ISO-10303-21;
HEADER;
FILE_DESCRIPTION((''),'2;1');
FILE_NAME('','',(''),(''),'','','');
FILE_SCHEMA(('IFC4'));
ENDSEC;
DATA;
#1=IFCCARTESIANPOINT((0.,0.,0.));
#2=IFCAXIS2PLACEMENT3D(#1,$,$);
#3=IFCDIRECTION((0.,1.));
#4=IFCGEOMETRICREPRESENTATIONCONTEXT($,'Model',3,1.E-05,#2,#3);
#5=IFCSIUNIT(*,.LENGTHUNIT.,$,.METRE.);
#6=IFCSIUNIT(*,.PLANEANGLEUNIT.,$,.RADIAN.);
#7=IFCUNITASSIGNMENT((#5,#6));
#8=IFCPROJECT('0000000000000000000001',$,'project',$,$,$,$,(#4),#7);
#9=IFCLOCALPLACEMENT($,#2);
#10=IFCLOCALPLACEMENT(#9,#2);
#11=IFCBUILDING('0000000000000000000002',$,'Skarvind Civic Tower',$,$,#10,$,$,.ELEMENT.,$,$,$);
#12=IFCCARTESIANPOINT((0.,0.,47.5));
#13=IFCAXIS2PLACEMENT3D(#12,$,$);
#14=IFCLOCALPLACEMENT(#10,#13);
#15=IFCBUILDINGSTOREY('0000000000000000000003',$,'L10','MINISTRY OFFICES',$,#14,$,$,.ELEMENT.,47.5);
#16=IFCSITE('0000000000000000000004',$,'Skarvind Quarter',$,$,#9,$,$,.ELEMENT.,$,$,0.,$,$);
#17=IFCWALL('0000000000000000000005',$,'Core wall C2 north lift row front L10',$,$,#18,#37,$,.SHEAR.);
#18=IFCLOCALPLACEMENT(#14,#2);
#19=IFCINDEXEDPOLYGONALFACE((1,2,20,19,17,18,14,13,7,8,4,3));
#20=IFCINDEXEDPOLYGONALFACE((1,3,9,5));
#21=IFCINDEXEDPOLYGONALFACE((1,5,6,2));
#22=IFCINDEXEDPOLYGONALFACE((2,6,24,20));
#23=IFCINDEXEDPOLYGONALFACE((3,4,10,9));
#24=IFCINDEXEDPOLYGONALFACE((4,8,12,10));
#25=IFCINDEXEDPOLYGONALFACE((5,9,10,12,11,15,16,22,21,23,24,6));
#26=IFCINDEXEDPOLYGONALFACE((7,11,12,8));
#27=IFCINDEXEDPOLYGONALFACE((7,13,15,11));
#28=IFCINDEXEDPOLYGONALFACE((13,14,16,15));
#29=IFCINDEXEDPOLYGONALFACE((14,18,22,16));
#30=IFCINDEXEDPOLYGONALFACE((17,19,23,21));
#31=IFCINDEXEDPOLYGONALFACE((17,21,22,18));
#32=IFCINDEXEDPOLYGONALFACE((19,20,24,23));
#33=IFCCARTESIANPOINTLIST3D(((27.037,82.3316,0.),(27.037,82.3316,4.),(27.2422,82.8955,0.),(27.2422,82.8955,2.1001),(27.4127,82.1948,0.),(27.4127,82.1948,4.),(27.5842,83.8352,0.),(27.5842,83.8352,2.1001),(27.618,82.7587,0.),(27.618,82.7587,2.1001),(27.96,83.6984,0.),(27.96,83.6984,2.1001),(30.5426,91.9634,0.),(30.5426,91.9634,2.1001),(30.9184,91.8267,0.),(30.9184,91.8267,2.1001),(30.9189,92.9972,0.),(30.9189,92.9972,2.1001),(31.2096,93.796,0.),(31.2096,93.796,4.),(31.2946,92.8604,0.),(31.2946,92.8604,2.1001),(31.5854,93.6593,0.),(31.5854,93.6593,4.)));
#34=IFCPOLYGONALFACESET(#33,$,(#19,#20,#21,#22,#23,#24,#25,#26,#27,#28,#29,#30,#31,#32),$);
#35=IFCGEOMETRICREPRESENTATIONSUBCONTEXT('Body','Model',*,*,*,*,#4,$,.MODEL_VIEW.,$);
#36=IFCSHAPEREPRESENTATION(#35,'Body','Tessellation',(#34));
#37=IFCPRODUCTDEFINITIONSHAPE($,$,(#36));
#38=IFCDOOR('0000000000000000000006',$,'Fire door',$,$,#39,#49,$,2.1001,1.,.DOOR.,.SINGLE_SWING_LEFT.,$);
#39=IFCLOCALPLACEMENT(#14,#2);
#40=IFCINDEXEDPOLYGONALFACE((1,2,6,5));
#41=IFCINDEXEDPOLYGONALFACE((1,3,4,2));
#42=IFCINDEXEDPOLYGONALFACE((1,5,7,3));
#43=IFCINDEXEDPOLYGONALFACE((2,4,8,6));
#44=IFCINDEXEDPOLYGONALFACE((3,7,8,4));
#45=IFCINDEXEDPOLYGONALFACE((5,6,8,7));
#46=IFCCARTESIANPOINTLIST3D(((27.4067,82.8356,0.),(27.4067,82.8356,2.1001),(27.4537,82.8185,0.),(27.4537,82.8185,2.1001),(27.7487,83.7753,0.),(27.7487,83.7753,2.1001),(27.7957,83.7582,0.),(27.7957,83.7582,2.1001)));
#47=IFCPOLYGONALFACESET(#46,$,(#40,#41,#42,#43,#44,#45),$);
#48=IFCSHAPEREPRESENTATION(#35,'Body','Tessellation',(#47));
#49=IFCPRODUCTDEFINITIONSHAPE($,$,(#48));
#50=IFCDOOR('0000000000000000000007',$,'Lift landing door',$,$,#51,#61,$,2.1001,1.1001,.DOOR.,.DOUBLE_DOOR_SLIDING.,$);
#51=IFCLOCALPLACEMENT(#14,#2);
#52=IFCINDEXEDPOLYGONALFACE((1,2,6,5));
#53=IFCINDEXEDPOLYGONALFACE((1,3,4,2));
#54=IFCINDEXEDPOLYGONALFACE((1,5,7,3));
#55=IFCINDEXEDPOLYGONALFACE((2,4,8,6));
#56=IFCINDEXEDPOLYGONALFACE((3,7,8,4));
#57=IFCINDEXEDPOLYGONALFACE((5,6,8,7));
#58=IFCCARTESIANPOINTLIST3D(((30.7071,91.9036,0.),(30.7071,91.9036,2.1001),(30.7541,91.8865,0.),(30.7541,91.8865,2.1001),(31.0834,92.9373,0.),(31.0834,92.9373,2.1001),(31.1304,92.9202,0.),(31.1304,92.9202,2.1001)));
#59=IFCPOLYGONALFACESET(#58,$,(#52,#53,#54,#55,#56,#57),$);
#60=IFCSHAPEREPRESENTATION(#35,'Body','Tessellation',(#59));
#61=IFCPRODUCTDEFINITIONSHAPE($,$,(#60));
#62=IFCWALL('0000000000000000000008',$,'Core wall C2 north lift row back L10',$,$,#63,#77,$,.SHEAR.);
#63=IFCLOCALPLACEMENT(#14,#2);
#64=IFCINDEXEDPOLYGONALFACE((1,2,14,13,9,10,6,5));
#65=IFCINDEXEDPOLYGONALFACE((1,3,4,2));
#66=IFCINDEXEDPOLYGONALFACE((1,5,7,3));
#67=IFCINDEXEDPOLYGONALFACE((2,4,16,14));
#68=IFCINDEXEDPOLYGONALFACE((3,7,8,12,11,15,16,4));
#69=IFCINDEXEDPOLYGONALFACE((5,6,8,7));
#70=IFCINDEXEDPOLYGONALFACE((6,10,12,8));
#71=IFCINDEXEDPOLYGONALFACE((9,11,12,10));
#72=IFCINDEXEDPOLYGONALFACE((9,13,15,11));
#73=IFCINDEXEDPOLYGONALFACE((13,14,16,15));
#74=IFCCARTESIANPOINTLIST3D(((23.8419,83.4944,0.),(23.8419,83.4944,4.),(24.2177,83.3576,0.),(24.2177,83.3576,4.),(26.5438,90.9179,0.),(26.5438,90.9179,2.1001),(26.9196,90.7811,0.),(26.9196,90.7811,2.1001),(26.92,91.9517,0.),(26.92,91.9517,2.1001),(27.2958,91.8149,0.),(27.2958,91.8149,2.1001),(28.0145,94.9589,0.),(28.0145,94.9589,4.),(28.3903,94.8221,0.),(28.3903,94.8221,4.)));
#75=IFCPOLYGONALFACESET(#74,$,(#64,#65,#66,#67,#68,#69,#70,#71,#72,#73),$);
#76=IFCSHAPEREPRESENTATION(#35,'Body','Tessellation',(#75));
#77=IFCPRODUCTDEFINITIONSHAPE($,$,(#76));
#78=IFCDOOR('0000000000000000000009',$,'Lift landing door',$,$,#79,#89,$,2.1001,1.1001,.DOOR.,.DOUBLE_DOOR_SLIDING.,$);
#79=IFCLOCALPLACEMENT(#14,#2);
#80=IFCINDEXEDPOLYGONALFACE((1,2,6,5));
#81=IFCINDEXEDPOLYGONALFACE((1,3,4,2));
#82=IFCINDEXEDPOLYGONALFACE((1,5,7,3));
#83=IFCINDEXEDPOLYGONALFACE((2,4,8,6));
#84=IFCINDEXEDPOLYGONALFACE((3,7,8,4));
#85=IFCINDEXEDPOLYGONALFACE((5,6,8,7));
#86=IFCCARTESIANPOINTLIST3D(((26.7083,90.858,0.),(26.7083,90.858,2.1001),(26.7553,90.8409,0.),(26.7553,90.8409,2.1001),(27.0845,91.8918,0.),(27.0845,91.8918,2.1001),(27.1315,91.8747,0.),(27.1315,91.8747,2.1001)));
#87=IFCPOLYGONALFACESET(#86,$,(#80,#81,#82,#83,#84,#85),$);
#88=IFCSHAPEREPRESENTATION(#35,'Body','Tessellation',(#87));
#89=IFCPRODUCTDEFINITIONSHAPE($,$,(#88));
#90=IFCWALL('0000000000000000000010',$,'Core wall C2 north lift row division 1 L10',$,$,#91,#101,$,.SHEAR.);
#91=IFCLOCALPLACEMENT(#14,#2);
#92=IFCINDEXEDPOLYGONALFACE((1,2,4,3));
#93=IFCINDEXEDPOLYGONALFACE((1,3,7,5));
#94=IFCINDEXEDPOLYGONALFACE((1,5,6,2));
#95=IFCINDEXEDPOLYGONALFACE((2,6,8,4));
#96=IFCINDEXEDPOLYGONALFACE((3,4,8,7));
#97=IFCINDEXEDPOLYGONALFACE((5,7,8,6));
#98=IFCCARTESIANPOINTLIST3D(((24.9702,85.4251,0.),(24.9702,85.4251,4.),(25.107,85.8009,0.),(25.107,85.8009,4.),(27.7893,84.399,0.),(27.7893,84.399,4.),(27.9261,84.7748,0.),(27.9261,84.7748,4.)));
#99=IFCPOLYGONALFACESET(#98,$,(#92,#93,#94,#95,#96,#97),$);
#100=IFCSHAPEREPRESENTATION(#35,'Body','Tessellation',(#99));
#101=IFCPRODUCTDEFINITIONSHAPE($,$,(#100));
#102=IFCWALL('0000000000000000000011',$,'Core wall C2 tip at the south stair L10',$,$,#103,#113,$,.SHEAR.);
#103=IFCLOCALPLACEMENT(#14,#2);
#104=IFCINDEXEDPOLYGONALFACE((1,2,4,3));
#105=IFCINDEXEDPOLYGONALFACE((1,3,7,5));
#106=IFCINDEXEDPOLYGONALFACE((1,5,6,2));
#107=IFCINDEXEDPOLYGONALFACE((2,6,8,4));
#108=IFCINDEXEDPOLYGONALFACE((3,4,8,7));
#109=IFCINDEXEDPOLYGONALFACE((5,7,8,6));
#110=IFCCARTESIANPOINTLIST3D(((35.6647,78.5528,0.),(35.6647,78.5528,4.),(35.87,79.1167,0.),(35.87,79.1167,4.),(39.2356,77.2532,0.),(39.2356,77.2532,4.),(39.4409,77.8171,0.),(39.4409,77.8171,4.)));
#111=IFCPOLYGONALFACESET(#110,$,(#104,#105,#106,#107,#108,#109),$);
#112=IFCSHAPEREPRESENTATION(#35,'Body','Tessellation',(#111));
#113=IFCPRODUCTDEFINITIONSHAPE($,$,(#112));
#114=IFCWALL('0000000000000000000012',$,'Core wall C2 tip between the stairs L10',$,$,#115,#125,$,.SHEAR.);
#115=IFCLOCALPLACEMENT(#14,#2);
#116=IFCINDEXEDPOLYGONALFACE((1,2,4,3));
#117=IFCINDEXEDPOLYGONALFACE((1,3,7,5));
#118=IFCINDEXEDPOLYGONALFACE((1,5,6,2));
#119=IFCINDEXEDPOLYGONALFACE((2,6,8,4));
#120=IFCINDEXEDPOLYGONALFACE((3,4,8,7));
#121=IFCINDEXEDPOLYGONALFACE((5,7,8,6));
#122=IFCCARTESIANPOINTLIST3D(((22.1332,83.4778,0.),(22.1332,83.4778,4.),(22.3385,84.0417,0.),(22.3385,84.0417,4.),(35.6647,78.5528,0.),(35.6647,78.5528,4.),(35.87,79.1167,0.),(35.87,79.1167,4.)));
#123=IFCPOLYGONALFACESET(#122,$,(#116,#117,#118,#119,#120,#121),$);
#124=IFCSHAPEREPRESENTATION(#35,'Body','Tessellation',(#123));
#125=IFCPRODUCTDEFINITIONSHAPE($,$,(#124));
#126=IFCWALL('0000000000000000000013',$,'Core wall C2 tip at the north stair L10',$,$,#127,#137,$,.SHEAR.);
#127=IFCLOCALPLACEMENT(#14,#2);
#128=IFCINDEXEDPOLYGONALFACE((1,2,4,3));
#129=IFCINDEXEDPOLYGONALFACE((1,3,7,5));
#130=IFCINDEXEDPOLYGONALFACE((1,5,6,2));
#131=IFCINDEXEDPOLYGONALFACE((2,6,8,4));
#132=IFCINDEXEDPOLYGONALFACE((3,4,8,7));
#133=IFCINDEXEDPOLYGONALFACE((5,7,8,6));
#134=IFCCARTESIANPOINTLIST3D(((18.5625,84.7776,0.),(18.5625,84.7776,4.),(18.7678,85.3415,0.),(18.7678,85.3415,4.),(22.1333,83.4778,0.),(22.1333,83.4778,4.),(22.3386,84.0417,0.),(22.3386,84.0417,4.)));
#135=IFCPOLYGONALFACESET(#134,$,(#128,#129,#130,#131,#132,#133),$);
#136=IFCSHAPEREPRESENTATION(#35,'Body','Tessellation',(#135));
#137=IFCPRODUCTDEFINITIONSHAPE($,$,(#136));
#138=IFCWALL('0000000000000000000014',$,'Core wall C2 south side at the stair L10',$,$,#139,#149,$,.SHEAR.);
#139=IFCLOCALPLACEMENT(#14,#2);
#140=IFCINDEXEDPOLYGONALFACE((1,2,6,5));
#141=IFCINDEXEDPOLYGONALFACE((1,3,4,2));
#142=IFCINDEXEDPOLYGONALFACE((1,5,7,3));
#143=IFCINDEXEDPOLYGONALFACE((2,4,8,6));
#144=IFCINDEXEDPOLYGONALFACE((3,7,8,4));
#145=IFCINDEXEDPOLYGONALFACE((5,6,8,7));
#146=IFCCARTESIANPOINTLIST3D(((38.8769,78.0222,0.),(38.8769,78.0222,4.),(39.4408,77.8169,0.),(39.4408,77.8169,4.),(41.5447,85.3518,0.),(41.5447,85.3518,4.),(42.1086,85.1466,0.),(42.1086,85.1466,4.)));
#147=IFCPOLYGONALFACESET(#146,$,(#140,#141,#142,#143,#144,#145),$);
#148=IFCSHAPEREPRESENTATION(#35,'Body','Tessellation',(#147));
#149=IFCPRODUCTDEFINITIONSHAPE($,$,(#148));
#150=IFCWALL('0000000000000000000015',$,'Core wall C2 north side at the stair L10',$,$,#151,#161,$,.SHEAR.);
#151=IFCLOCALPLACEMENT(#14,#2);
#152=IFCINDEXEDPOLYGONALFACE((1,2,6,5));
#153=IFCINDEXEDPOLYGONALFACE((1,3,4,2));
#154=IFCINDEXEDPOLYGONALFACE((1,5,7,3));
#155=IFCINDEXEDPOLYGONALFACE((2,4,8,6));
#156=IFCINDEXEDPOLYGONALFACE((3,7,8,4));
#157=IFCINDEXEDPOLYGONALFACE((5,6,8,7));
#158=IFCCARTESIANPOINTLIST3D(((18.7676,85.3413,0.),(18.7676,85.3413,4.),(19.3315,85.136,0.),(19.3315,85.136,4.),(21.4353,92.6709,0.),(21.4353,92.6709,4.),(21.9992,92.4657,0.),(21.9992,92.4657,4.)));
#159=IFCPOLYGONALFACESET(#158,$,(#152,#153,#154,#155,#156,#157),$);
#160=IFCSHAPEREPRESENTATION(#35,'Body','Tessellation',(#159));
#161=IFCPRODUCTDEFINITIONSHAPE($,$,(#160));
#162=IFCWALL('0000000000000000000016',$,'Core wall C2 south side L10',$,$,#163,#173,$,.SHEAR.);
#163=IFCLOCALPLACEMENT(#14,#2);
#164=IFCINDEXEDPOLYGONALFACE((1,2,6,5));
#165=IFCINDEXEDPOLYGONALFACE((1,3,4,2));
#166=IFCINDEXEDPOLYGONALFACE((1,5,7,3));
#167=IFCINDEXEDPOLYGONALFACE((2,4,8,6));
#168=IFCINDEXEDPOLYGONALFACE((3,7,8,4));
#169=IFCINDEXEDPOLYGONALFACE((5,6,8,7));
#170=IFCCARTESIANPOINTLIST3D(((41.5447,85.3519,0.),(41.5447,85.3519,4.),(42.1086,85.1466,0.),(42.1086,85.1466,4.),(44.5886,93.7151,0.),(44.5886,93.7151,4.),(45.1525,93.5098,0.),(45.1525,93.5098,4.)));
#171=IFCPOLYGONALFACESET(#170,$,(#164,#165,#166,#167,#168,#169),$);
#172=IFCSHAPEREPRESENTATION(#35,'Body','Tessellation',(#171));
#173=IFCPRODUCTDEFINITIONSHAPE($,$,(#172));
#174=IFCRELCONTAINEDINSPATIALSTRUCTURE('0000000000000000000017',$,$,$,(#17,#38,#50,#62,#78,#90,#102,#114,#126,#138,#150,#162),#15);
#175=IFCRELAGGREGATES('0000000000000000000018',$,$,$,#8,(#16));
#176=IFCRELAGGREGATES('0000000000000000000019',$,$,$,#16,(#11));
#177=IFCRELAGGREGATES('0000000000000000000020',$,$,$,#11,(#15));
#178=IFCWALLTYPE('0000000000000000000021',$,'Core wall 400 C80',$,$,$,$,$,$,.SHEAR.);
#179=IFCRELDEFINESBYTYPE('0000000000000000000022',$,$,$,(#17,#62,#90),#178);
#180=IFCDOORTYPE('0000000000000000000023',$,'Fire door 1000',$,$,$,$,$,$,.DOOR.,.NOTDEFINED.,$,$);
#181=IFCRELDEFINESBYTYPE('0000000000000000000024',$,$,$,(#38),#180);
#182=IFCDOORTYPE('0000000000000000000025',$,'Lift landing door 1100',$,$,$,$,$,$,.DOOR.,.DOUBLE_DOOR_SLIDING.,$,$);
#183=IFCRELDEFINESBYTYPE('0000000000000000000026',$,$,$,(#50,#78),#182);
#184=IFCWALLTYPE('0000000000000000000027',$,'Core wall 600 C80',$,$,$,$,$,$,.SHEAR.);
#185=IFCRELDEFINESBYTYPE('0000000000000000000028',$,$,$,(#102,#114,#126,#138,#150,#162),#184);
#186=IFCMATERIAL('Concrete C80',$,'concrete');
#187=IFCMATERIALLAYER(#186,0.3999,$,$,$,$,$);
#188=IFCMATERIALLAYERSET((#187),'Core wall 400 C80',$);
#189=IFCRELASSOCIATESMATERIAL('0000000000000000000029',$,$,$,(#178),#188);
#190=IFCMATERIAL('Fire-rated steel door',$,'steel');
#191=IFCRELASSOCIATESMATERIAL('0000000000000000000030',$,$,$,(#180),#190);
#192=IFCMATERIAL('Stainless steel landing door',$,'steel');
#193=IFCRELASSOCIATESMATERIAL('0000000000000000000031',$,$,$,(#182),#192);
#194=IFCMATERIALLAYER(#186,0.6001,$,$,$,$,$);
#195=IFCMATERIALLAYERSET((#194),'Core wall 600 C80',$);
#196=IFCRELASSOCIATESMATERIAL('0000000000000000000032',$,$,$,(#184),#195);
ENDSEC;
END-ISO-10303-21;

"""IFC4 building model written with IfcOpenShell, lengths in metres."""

from ifc_helpers import new_model, si_unit, direction, frame, frame_2d, origin, place, context, subcontext, project, spatial, rectangle, extrude, material, layer, layer_set, type_object, element, fill, save


model = new_model("IFC4")

# Units and contexts
model_context = context("Model", 3, precision=1e-05, world=origin(), true_north=direction((0.0, 1.0)))
body_context = subcontext(model_context, "Body", "Model", "MODEL_VIEW")
ifc_project = project(units=[si_unit("LENGTHUNIT", "METRE"), si_unit("PLANEANGLEUNIT", "RADIAN")], contexts=[model_context])

# Site, building, storey
site_placement = place(None, origin())
site = spatial("IfcSite", under=ifc_project, at=site_placement, Name="Skarvind Quarter", CompositionType="ELEMENT", RefElevation=0.0)
building_placement = place(site_placement, origin())
building = spatial("IfcBuilding", under=site, at=building_placement, Name="Skarvind Civic Tower", CompositionType="ELEMENT")
storey_placement = place(building_placement, frame((0.0, 0.0, 47.5)))
storey = spatial("IfcBuildingStorey", under=building, at=storey_placement, Name="L10", Description="MINISTRY OFFICES", CompositionType="ELEMENT", Elevation=47.5)

# Shared definitions
ifc_material_1 = material(Name="Concrete C80", Category="concrete")
ifc_layer_1 = layer(ifc_material_1, 0.3999)
ifc_layer_set_1 = layer_set([ifc_layer_1], Name="Core wall 400 C80")
wall_type_1 = type_object("IfcWallType", Name="Core wall 400 C80", PredefinedType="SHEAR", material=ifc_layer_set_1)

# Shared definitions
ifc_material_2 = material(Name="Fire-rated steel door", Category="steel")
door_type_1 = type_object("IfcDoorType", Name="Fire door 1000", OperationType="NOTDEFINED", PredefinedType="DOOR", material=ifc_material_2)

# Shared definitions
ifc_material_3 = material(Name="Stainless steel landing door", Category="steel")
door_type_2 = type_object("IfcDoorType", Name="Lift landing door 1100", OperationType="DOUBLE_DOOR_SLIDING", PredefinedType="DOOR", material=ifc_material_3)

# Wall, openings, doors
wall_1_placement = place(storey_placement, frame((27.2249, 82.2632, 0.0), z_axis=(0.0, 0.0, 1.0), x_axis=(0.342015, 0.939695, 0.0)))
wall_1 = element("IfcWall", 1, at=wall_1_placement, inside=storey, type_object=wall_type_1, Name="Core wall C2 north lift row front L10", PredefinedType="SHEAR", context=body_context, shape_type="SweptSolid", body=[
    extrude(rectangle(XDim=12.2002, YDim=0.3999, at=frame_2d((6.1001, 0.0))), origin(), (0.0, 0.0, 1.0), 4.0),
])
opening_1_placement = place(wall_1_placement, frame((10.25, 0.0, 0.0)))
opening_1 = element("IfcOpeningElement", 2, at=opening_1_placement, cuts=wall_1, PredefinedType="OPENING", context=body_context, shape_type="SweptSolid", body=[
    extrude(rectangle(XDim=1.1001, YDim=2.1001, at=frame_2d((0.55, 1.05))), frame((0.0, 0.21, 0.0), z_axis=(0.0, -1.0, 0.0), x_axis=(1.0, 0.0, 0.0)), (0.0, 0.0, 1.0), 0.4199),
])
opening_2_placement = place(wall_1_placement, frame((0.6001, 0.0, 0.0)))
opening_2 = element("IfcOpeningElement", 3, at=opening_2_placement, cuts=wall_1, PredefinedType="OPENING", context=body_context, shape_type="SweptSolid", body=[
    extrude(rectangle(XDim=1.0, YDim=2.1001, at=frame_2d((0.5, 1.05))), frame((0.0, 0.21, 0.0), z_axis=(0.0, -1.0, 0.0), x_axis=(1.0, 0.0, 0.0)), (0.0, 0.0, 1.0), 0.4199),
])
door_1_placement = place(opening_2_placement, origin())
door_1 = element("IfcDoor", 4, at=door_1_placement, inside=storey, type_object=door_type_1, Name="Fire door", OperationType="SINGLE_SWING_LEFT", OverallHeight=2.1001, OverallWidth=1.0, PredefinedType="DOOR", context=body_context, shape_type="SweptSolid", body=[
    extrude(rectangle(XDim=1.0, YDim=2.1001, at=frame_2d((0.5, 1.05))), frame((0.0, 0.0249, 0.0), z_axis=(0.0, -1.0, 0.0), x_axis=(1.0, 0.0, 0.0)), (0.0, 0.0, 1.0), 0.05),
])
fill(opening_2, door_1)
door_2_placement = place(opening_1_placement, origin())
door_2 = element("IfcDoor", 5, at=door_2_placement, inside=storey, type_object=door_type_2, Name="Lift landing door", OperationType="DOUBLE_DOOR_SLIDING", OverallHeight=2.1001, OverallWidth=1.1001, PredefinedType="DOOR", context=body_context, shape_type="SweptSolid", body=[
    extrude(rectangle(XDim=1.1001, YDim=2.1001, at=frame_2d((0.55, 1.05))), frame((0.0, 0.0249, 0.0), z_axis=(0.0, -1.0, 0.0), x_axis=(1.0, 0.0, 0.0)), (0.0, 0.0, 1.0), 0.05),
])
fill(opening_1, door_2)

# Wall, opening, door
wall_2_placement = place(storey_placement, frame((24.0298, 83.426, 0.0), z_axis=(0.0, 0.0, 1.0), x_axis=(0.342015, 0.939695, 0.0)))
wall_2 = element("IfcWall", 6, at=wall_2_placement, inside=storey, type_object=wall_type_1, Name="Core wall C2 north lift row back L10", PredefinedType="SHEAR", context=body_context, shape_type="SweptSolid", body=[
    extrude(rectangle(XDim=12.2002, YDim=0.3999, at=frame_2d((6.1001, 0.0))), origin(), (0.0, 0.0, 1.0), 4.0),
])
opening_3_placement = place(wall_2_placement, frame((7.8999, 0.0, 0.0)))
opening_3 = element("IfcOpeningElement", 7, at=opening_3_placement, cuts=wall_2, PredefinedType="OPENING", context=body_context, shape_type="SweptSolid", body=[
    extrude(rectangle(XDim=1.1001, YDim=2.1001, at=frame_2d((0.55, 1.05))), frame((0.0, 0.21, 0.0), z_axis=(0.0, -1.0, 0.0), x_axis=(1.0, 0.0, 0.0)), (0.0, 0.0, 1.0), 0.4199),
])
door_3_placement = place(opening_3_placement, origin())
door_3 = element("IfcDoor", 8, at=door_3_placement, inside=storey, type_object=door_type_2, Name="Lift landing door", OperationType="DOUBLE_DOOR_SLIDING", OverallHeight=2.1001, OverallWidth=1.1001, PredefinedType="DOOR", context=body_context, shape_type="SweptSolid", body=[
    extrude(rectangle(XDim=1.1001, YDim=2.1001, at=frame_2d((0.55, 1.05))), frame((0.0, 0.0249, 0.0), z_axis=(0.0, -1.0, 0.0), x_axis=(1.0, 0.0, 0.0)), (0.0, 0.0, 1.0), 0.05),
])
fill(opening_3, door_3)

# Walls
wall_3_placement = place(storey_placement, frame((27.8577, 84.5869, 0.0), z_axis=(0.0, 0.0, 1.0), x_axis=(-0.939686, 0.342037, 0.0)))
element("IfcWall", 9, at=wall_3_placement, inside=storey, type_object=wall_type_1, Name="Core wall C2 north lift row division 1 L10", PredefinedType="SHEAR", context=body_context, shape_type="SweptSolid", body=[
    extrude(rectangle(XDim=3.0, YDim=0.3999, at=frame_2d((1.5, 0.0))), origin(), (0.0, 0.0, 1.0), 4.0),
])
ifc_layer_2 = layer(ifc_material_1, 0.6001)
ifc_layer_set_2 = layer_set([ifc_layer_2], Name="Core wall 600 C80")
wall_type_2 = type_object("IfcWallType", Name="Core wall 600 C80", PredefinedType="SHEAR", material=ifc_layer_set_2)
wall_4_placement = place(storey_placement, frame((39.3381, 77.5352, 0.0), z_axis=(0.0, 0.0, 1.0), x_axis=(-0.939701, 0.341996, 0.0)))
element("IfcWall", 10, at=wall_4_placement, inside=storey, type_object=wall_type_2, Name="Core wall C2 tip at the south stair L10", PredefinedType="SHEAR", context=body_context, shape_type="SweptSolid", body=[
    extrude(rectangle(XDim=3.8, YDim=0.6001, at=frame_2d((1.8999, 0.0))), origin(), (0.0, 0.0, 1.0), 4.0),
])
wall_5_placement = place(storey_placement, frame((35.7673, 78.8347, 0.0), z_axis=(0.0, 0.0, 1.0), x_axis=(-0.939693, 0.342019, 0.0)))
element("IfcWall", 11, at=wall_5_placement, inside=storey, type_object=wall_type_2, Name="Core wall C2 tip between the stairs L10", PredefinedType="SHEAR", context=body_context, shape_type="SweptSolid", body=[
    extrude(rectangle(XDim=14.3999, YDim=0.6001, at=frame_2d((7.2, 0.0))), origin(), (0.0, 0.0, 1.0), 4.0),
])
wall_6_placement = place(storey_placement, frame((22.2358, 83.7598, 0.0), z_axis=(0.0, 0.0, 1.0), x_axis=(-0.939681, 0.342053, 0.0)))
element("IfcWall", 12, at=wall_6_placement, inside=storey, type_object=wall_type_2, Name="Core wall C2 tip at the north stair L10", PredefinedType="SHEAR", context=body_context, shape_type="SweptSolid", body=[
    extrude(rectangle(XDim=3.8, YDim=0.6001, at=frame_2d((1.8999, 0.0))), origin(), (0.0, 0.0, 1.0), 4.0),
])
for number, where, z_axis, x_axis, name in (
    (13, (39.1589, 77.9197, 0.0), (0.0, 0.0, 1.0), (0.342017, 0.939694, 0.0), "Core wall C2 south side at the stair L10"),
    (14, (19.0496, 85.2388, 0.0), (0.0, 0.0, 1.0), (0.342017, 0.939694, 0.0), "Core wall C2 north side at the stair L10"),
):
    element("IfcWall", number, at=place(storey_placement, frame(where, z_axis=z_axis, x_axis=x_axis)), inside=storey, type_object=wall_type_2, Name=name, PredefinedType="SHEAR", context=body_context, shape_type="SweptSolid", body=[
        extrude(rectangle(XDim=7.8, YDim=0.6001, at=frame_2d((3.8999, 0.0))), origin(), (0.0, 0.0, 1.0), 4.0),
    ])
wall_7_placement = place(storey_placement, frame((41.8267, 85.2493, 0.0), z_axis=(0.0, 0.0, 1.0), x_axis=(0.342016, 0.939694, 0.0)))
element("IfcWall", 15, at=wall_7_placement, inside=storey, type_object=wall_type_2, Name="Core wall C2 south side L10", PredefinedType="SHEAR", context=body_context, shape_type="SweptSolid", body=[
    extrude(rectangle(XDim=8.8999, YDim=0.6001, at=frame_2d((4.45, 0.0))), origin(), (0.0, 0.0, 1.0), 4.0),
])

save(model, "model.ifc")
